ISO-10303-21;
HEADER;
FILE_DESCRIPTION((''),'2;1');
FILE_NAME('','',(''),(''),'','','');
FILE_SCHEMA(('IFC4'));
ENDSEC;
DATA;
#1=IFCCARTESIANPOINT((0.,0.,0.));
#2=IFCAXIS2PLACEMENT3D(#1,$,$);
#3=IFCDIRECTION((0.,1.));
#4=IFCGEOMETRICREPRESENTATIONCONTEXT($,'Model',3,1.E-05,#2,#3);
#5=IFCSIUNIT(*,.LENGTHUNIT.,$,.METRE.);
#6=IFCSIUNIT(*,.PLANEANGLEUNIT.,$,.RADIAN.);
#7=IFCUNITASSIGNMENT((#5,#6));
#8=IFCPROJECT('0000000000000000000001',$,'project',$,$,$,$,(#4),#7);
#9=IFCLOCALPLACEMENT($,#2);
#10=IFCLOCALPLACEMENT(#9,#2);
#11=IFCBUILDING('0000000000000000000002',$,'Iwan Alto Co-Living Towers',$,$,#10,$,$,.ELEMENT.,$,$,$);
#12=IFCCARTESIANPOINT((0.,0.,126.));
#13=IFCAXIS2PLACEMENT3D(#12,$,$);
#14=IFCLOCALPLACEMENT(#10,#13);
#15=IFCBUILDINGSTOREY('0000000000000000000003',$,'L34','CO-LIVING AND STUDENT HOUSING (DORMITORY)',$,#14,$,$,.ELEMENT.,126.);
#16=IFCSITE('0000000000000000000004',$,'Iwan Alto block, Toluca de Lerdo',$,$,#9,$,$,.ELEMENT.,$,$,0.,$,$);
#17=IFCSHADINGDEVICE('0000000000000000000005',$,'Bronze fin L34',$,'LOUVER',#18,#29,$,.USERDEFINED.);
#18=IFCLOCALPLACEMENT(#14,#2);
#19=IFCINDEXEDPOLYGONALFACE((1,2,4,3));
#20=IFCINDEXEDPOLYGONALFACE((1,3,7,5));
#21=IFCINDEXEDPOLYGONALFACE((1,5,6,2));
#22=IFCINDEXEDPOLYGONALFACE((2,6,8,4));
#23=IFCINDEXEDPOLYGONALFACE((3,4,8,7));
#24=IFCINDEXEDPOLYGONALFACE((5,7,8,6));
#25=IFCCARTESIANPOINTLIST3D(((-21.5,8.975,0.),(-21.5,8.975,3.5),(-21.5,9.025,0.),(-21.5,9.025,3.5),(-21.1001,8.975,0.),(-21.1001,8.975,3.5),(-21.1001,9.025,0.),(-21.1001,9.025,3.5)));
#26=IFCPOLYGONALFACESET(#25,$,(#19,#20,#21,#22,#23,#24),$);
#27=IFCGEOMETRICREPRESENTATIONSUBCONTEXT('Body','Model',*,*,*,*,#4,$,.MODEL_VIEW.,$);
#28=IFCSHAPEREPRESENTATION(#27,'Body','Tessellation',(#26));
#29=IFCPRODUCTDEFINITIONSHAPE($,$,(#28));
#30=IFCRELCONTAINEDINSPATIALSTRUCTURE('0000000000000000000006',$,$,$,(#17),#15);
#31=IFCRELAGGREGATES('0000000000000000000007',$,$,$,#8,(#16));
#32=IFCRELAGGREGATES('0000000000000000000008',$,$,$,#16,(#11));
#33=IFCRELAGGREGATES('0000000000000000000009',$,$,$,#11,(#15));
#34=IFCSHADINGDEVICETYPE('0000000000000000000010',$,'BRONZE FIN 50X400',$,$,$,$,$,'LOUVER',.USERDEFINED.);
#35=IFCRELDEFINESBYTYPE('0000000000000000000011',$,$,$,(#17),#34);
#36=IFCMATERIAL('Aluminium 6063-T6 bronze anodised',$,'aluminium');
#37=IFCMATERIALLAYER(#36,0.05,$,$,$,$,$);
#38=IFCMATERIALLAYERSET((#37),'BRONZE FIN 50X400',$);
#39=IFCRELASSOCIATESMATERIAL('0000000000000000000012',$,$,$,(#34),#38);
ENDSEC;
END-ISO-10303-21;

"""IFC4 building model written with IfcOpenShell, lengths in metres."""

from ifc_helpers import new_model, si_unit, direction, frame, origin, origin_2d, place, context, subcontext, project, spatial, rectangle, extrude, material, layer, layer_set, type_object, element, save


model = new_model("IFC4")

# Units and contexts
model_context = context("Model", 3, precision=1e-05, world=origin(), true_north=direction((0.0, 1.0)))
body_context = subcontext(model_context, "Body", "Model", "MODEL_VIEW")
ifc_project = project(units=[si_unit("LENGTHUNIT", "METRE"), si_unit("PLANEANGLEUNIT", "RADIAN")], contexts=[model_context])

# Site, building, storey
site_placement = place(None, origin())
site = spatial("IfcSite", under=ifc_project, at=site_placement, Name="Iwan Alto block, Toluca de Lerdo", CompositionType="ELEMENT", RefElevation=0.0)
building_placement = place(site_placement, origin())
building = spatial("IfcBuilding", under=site, at=building_placement, Name="Iwan Alto Co-Living Towers", CompositionType="ELEMENT")
storey_placement = place(building_placement, frame((0.0, 0.0, 126.0)))
storey = spatial("IfcBuildingStorey", under=building, at=storey_placement, Name="L34", Description="CO-LIVING AND STUDENT HOUSING (DORMITORY)", CompositionType="ELEMENT", Elevation=126.0)

# Shading device
ifc_material_1 = material(Name="Aluminium 6063-T6 bronze anodised", Category="aluminium")
ifc_layer_1 = layer(ifc_material_1, 0.05)
ifc_layer_set_1 = layer_set([ifc_layer_1], Name="BRONZE FIN 50X400")
shading_device_type = type_object("IfcShadingDeviceType", Name="BRONZE FIN 50X400", ElementType="LOUVER", PredefinedType="USERDEFINED", material=ifc_layer_set_1)
shading_device_placement = place(storey_placement, frame((-21.3, 9.0, 0.0), z_axis=(0.0, 0.0, 1.0), x_axis=(0.0, -1.0, 0.0)))
element("IfcShadingDevice", 1, at=shading_device_placement, inside=storey, type_object=shading_device_type, Name="Bronze fin L34", ObjectType="LOUVER", PredefinedType="USERDEFINED", context=body_context, shape_type="SweptSolid", body=[
    extrude(rectangle(XDim=0.05, YDim=0.3999, at=origin_2d()), origin(), (0.0, 0.0, 1.0), 3.5),
])

save(model, "model.ifc")
